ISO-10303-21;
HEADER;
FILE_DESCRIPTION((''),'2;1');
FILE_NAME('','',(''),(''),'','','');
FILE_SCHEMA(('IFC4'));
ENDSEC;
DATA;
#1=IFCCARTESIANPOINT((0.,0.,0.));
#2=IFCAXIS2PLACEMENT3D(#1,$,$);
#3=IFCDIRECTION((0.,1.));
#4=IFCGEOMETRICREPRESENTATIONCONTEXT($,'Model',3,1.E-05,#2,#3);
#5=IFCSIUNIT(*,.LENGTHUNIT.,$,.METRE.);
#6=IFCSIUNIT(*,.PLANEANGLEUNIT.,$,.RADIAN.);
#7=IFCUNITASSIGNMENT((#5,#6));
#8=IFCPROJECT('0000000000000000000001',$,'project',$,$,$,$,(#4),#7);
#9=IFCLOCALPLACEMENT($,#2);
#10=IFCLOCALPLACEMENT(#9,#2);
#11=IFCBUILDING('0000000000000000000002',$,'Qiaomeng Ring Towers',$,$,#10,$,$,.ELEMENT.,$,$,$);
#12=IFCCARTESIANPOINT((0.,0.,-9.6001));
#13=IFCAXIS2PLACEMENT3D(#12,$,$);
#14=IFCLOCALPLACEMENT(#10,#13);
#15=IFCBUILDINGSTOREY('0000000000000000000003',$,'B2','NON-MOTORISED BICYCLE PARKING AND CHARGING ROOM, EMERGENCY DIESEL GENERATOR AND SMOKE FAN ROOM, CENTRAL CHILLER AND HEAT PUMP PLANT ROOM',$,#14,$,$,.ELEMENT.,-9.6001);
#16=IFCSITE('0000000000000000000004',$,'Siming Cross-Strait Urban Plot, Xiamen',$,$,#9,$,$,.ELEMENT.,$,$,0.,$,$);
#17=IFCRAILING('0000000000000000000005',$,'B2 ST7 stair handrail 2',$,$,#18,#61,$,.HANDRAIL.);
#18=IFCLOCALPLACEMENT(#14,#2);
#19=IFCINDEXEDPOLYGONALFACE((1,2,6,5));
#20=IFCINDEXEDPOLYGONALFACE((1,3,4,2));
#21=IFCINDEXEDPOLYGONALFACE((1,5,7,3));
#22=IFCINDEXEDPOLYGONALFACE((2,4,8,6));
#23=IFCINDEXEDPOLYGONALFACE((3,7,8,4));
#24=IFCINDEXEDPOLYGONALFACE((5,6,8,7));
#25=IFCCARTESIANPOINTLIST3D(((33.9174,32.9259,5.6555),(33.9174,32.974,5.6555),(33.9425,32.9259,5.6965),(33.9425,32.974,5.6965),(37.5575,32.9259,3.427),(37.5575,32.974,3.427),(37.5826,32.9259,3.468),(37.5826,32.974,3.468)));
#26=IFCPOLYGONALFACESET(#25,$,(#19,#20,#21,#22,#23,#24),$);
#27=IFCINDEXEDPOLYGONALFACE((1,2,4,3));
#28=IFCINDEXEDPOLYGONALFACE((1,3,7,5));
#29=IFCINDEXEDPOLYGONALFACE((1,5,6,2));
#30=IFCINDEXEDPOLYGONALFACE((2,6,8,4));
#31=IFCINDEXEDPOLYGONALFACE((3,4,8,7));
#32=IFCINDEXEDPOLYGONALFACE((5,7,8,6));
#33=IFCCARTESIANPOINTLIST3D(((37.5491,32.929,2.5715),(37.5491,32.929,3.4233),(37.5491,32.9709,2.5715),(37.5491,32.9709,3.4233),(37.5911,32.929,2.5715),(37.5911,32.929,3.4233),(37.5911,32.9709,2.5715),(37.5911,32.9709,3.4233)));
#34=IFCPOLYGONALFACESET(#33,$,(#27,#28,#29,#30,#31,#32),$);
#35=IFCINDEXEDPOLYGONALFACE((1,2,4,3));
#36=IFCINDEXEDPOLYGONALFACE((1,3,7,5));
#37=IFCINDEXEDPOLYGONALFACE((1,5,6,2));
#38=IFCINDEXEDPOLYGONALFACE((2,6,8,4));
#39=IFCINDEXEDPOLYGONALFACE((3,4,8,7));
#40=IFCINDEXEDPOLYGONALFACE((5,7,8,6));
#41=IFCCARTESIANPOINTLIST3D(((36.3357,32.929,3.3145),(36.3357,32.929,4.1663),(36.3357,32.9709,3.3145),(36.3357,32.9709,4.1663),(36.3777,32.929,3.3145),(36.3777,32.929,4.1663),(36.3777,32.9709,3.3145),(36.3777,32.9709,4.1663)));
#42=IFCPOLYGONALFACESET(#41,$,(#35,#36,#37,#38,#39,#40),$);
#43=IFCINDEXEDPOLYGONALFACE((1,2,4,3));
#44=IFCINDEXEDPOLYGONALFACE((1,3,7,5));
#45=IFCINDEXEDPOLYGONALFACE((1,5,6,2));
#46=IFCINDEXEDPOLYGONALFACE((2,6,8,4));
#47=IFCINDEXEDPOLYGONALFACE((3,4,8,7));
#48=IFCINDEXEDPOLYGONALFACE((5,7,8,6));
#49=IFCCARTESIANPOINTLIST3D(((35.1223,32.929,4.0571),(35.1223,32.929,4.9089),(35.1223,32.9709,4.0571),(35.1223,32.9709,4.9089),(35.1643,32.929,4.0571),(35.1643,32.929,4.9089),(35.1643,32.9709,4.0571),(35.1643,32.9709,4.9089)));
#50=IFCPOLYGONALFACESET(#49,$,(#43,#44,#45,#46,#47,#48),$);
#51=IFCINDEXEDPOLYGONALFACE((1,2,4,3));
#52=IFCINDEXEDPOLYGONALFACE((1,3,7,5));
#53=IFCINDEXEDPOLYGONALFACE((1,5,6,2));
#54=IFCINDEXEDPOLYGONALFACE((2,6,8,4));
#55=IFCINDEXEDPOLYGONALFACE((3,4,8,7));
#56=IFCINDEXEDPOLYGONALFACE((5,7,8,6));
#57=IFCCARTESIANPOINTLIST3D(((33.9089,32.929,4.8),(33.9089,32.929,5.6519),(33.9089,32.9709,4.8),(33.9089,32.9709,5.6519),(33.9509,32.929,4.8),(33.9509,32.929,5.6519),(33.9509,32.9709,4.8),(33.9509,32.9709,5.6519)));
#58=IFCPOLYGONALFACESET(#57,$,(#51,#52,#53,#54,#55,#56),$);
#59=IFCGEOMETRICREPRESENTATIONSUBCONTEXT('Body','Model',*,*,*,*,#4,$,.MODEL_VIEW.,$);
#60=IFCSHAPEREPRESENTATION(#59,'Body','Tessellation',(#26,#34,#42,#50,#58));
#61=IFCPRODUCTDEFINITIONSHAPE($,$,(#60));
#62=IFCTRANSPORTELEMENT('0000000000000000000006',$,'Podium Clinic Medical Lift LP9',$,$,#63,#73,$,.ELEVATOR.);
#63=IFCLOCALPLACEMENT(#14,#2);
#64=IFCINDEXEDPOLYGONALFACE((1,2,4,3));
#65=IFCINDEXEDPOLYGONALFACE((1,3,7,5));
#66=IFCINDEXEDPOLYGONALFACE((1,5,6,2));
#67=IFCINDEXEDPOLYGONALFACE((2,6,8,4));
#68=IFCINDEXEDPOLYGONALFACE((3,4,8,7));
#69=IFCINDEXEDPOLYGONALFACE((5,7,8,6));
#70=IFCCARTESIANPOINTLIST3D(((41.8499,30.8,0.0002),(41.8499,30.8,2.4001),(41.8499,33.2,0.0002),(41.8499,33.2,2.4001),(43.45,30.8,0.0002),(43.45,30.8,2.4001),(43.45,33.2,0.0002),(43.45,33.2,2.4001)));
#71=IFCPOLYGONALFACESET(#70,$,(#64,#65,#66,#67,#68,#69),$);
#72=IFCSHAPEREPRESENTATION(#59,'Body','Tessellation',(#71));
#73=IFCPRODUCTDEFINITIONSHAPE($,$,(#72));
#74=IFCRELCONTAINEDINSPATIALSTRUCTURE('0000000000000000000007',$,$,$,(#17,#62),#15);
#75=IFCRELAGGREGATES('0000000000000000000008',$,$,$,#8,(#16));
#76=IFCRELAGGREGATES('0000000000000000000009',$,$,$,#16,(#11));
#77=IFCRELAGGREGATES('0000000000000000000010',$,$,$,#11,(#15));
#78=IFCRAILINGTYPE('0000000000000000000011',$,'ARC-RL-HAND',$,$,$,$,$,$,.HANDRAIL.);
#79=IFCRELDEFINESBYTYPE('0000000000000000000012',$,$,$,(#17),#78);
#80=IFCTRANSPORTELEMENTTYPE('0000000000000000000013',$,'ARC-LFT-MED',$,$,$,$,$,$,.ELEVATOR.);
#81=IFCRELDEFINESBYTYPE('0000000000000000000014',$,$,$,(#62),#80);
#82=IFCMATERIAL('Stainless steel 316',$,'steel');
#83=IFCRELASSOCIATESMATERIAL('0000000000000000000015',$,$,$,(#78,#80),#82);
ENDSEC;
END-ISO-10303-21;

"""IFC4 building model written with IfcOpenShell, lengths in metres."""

from ifc_helpers import new_model, si_unit, direction, frame, origin, origin_2d, place, context, subcontext, project, spatial, rectangle, extrude, source, transform, mapped, material, type_object, element, save


model = new_model("IFC4")

# Units and contexts
model_context = context("Model", 3, precision=1e-05, world=origin(), true_north=direction((0.0, 1.0)))
body_context = subcontext(model_context, "Body", "Model", "MODEL_VIEW")
ifc_project = project(units=[si_unit("LENGTHUNIT", "METRE"), si_unit("PLANEANGLEUNIT", "RADIAN")], contexts=[model_context])

# Site, building, storey
site_placement = place(None, origin())
site = spatial("IfcSite", under=ifc_project, at=site_placement, Name="Siming Cross-Strait Urban Plot, Xiamen", CompositionType="ELEMENT", RefElevation=0.0)
building_placement = place(site_placement, origin())
building = spatial("IfcBuilding", under=site, at=building_placement, Name="Qiaomeng Ring Towers", CompositionType="ELEMENT")
storey_placement = place(building_placement, frame((0.0, 0.0, -9.6001)))
storey = spatial("IfcBuildingStorey", under=building, at=storey_placement, Name="B2", Description="NON-MOTORISED BICYCLE PARKING AND CHARGING ROOM, EMERGENCY DIESEL GENERATOR AND SMOKE FAN ROOM, CENTRAL CHILLER AND HEAT PUMP PLANT ROOM", CompositionType="ELEMENT", Elevation=-9.6001)

# Railing
ifc_material_1 = material(Name="Stainless steel 316", Category="steel")
railing_type_1 = type_object("IfcRailingType", Name="ARC-RL-HAND", PredefinedType="HANDRAIL", material=ifc_material_1)
railing_1_placement = place(storey_placement, frame((37.5701, 32.95, 2.5715)))
element("IfcRailing", 1, at=railing_1_placement, inside=storey, type_object=railing_type_1, Name="B2 ST7 stair handrail 2", PredefinedType="HANDRAIL", context=body_context, shape_type="SweptSolid", body=[
    extrude(rectangle(XDim=0.0481, YDim=0.0481, at=origin_2d()), frame((0.0, 0.0, 0.876), z_axis=(-0.852866, 0.0, 0.52213), x_axis=(0.0, -1.0, 0.0)), (0.0, 0.0, 1.0), 4.2681),
    extrude(rectangle(XDim=0.042, YDim=0.042, at=origin_2d()), origin(), (0.0, 0.0, 1.0), 0.8518),
    extrude(rectangle(XDim=0.042, YDim=0.042, at=origin_2d()), frame((-1.2134, 0.0, 0.7429)), (0.0, 0.0, 1.0), 0.8518),
    extrude(rectangle(XDim=0.042, YDim=0.042, at=origin_2d()), frame((-2.4268, 0.0, 1.4856)), (0.0, 0.0, 1.0), 0.8518),
    extrude(rectangle(XDim=0.042, YDim=0.042, at=origin_2d()), frame((-3.6401, 0.0, 2.2285)), (0.0, 0.0, 1.0), 0.8518),
])

# Transport element
transport_element_type = type_object("IfcTransportElementType", Name="ARC-LFT-MED", PredefinedType="ELEVATOR", material=ifc_material_1)
shared_shape_1 = source(origin(), body_context, "Body", "SweptSolid", [
    extrude(rectangle(XDim=1.6001, YDim=2.3999, at=origin_2d()), origin(), (0.0, 0.0, 1.0), 2.3999),
])
transport_element_placement = place(storey_placement, frame((42.6499, 32.0, 0.0002), z_axis=(0.0, 0.0, 1.0), x_axis=(1.0, 0.0, 0.0)))
element("IfcTransportElement", 2, at=transport_element_placement, inside=storey, type_object=transport_element_type, Name="Podium Clinic Medical Lift LP9", PredefinedType="ELEVATOR", context=body_context, shape_type="MappedRepresentation", body=[
    mapped(shared_shape_1, transform((0.0, 0.0, 0.0), x_axis=(1.0, 0.0, 0.0), y_axis=(0.0, 1.0, 0.0), z_axis=(0.0, 0.0, 1.0), scale=1.0)),
])

save(model, "model.ifc")
